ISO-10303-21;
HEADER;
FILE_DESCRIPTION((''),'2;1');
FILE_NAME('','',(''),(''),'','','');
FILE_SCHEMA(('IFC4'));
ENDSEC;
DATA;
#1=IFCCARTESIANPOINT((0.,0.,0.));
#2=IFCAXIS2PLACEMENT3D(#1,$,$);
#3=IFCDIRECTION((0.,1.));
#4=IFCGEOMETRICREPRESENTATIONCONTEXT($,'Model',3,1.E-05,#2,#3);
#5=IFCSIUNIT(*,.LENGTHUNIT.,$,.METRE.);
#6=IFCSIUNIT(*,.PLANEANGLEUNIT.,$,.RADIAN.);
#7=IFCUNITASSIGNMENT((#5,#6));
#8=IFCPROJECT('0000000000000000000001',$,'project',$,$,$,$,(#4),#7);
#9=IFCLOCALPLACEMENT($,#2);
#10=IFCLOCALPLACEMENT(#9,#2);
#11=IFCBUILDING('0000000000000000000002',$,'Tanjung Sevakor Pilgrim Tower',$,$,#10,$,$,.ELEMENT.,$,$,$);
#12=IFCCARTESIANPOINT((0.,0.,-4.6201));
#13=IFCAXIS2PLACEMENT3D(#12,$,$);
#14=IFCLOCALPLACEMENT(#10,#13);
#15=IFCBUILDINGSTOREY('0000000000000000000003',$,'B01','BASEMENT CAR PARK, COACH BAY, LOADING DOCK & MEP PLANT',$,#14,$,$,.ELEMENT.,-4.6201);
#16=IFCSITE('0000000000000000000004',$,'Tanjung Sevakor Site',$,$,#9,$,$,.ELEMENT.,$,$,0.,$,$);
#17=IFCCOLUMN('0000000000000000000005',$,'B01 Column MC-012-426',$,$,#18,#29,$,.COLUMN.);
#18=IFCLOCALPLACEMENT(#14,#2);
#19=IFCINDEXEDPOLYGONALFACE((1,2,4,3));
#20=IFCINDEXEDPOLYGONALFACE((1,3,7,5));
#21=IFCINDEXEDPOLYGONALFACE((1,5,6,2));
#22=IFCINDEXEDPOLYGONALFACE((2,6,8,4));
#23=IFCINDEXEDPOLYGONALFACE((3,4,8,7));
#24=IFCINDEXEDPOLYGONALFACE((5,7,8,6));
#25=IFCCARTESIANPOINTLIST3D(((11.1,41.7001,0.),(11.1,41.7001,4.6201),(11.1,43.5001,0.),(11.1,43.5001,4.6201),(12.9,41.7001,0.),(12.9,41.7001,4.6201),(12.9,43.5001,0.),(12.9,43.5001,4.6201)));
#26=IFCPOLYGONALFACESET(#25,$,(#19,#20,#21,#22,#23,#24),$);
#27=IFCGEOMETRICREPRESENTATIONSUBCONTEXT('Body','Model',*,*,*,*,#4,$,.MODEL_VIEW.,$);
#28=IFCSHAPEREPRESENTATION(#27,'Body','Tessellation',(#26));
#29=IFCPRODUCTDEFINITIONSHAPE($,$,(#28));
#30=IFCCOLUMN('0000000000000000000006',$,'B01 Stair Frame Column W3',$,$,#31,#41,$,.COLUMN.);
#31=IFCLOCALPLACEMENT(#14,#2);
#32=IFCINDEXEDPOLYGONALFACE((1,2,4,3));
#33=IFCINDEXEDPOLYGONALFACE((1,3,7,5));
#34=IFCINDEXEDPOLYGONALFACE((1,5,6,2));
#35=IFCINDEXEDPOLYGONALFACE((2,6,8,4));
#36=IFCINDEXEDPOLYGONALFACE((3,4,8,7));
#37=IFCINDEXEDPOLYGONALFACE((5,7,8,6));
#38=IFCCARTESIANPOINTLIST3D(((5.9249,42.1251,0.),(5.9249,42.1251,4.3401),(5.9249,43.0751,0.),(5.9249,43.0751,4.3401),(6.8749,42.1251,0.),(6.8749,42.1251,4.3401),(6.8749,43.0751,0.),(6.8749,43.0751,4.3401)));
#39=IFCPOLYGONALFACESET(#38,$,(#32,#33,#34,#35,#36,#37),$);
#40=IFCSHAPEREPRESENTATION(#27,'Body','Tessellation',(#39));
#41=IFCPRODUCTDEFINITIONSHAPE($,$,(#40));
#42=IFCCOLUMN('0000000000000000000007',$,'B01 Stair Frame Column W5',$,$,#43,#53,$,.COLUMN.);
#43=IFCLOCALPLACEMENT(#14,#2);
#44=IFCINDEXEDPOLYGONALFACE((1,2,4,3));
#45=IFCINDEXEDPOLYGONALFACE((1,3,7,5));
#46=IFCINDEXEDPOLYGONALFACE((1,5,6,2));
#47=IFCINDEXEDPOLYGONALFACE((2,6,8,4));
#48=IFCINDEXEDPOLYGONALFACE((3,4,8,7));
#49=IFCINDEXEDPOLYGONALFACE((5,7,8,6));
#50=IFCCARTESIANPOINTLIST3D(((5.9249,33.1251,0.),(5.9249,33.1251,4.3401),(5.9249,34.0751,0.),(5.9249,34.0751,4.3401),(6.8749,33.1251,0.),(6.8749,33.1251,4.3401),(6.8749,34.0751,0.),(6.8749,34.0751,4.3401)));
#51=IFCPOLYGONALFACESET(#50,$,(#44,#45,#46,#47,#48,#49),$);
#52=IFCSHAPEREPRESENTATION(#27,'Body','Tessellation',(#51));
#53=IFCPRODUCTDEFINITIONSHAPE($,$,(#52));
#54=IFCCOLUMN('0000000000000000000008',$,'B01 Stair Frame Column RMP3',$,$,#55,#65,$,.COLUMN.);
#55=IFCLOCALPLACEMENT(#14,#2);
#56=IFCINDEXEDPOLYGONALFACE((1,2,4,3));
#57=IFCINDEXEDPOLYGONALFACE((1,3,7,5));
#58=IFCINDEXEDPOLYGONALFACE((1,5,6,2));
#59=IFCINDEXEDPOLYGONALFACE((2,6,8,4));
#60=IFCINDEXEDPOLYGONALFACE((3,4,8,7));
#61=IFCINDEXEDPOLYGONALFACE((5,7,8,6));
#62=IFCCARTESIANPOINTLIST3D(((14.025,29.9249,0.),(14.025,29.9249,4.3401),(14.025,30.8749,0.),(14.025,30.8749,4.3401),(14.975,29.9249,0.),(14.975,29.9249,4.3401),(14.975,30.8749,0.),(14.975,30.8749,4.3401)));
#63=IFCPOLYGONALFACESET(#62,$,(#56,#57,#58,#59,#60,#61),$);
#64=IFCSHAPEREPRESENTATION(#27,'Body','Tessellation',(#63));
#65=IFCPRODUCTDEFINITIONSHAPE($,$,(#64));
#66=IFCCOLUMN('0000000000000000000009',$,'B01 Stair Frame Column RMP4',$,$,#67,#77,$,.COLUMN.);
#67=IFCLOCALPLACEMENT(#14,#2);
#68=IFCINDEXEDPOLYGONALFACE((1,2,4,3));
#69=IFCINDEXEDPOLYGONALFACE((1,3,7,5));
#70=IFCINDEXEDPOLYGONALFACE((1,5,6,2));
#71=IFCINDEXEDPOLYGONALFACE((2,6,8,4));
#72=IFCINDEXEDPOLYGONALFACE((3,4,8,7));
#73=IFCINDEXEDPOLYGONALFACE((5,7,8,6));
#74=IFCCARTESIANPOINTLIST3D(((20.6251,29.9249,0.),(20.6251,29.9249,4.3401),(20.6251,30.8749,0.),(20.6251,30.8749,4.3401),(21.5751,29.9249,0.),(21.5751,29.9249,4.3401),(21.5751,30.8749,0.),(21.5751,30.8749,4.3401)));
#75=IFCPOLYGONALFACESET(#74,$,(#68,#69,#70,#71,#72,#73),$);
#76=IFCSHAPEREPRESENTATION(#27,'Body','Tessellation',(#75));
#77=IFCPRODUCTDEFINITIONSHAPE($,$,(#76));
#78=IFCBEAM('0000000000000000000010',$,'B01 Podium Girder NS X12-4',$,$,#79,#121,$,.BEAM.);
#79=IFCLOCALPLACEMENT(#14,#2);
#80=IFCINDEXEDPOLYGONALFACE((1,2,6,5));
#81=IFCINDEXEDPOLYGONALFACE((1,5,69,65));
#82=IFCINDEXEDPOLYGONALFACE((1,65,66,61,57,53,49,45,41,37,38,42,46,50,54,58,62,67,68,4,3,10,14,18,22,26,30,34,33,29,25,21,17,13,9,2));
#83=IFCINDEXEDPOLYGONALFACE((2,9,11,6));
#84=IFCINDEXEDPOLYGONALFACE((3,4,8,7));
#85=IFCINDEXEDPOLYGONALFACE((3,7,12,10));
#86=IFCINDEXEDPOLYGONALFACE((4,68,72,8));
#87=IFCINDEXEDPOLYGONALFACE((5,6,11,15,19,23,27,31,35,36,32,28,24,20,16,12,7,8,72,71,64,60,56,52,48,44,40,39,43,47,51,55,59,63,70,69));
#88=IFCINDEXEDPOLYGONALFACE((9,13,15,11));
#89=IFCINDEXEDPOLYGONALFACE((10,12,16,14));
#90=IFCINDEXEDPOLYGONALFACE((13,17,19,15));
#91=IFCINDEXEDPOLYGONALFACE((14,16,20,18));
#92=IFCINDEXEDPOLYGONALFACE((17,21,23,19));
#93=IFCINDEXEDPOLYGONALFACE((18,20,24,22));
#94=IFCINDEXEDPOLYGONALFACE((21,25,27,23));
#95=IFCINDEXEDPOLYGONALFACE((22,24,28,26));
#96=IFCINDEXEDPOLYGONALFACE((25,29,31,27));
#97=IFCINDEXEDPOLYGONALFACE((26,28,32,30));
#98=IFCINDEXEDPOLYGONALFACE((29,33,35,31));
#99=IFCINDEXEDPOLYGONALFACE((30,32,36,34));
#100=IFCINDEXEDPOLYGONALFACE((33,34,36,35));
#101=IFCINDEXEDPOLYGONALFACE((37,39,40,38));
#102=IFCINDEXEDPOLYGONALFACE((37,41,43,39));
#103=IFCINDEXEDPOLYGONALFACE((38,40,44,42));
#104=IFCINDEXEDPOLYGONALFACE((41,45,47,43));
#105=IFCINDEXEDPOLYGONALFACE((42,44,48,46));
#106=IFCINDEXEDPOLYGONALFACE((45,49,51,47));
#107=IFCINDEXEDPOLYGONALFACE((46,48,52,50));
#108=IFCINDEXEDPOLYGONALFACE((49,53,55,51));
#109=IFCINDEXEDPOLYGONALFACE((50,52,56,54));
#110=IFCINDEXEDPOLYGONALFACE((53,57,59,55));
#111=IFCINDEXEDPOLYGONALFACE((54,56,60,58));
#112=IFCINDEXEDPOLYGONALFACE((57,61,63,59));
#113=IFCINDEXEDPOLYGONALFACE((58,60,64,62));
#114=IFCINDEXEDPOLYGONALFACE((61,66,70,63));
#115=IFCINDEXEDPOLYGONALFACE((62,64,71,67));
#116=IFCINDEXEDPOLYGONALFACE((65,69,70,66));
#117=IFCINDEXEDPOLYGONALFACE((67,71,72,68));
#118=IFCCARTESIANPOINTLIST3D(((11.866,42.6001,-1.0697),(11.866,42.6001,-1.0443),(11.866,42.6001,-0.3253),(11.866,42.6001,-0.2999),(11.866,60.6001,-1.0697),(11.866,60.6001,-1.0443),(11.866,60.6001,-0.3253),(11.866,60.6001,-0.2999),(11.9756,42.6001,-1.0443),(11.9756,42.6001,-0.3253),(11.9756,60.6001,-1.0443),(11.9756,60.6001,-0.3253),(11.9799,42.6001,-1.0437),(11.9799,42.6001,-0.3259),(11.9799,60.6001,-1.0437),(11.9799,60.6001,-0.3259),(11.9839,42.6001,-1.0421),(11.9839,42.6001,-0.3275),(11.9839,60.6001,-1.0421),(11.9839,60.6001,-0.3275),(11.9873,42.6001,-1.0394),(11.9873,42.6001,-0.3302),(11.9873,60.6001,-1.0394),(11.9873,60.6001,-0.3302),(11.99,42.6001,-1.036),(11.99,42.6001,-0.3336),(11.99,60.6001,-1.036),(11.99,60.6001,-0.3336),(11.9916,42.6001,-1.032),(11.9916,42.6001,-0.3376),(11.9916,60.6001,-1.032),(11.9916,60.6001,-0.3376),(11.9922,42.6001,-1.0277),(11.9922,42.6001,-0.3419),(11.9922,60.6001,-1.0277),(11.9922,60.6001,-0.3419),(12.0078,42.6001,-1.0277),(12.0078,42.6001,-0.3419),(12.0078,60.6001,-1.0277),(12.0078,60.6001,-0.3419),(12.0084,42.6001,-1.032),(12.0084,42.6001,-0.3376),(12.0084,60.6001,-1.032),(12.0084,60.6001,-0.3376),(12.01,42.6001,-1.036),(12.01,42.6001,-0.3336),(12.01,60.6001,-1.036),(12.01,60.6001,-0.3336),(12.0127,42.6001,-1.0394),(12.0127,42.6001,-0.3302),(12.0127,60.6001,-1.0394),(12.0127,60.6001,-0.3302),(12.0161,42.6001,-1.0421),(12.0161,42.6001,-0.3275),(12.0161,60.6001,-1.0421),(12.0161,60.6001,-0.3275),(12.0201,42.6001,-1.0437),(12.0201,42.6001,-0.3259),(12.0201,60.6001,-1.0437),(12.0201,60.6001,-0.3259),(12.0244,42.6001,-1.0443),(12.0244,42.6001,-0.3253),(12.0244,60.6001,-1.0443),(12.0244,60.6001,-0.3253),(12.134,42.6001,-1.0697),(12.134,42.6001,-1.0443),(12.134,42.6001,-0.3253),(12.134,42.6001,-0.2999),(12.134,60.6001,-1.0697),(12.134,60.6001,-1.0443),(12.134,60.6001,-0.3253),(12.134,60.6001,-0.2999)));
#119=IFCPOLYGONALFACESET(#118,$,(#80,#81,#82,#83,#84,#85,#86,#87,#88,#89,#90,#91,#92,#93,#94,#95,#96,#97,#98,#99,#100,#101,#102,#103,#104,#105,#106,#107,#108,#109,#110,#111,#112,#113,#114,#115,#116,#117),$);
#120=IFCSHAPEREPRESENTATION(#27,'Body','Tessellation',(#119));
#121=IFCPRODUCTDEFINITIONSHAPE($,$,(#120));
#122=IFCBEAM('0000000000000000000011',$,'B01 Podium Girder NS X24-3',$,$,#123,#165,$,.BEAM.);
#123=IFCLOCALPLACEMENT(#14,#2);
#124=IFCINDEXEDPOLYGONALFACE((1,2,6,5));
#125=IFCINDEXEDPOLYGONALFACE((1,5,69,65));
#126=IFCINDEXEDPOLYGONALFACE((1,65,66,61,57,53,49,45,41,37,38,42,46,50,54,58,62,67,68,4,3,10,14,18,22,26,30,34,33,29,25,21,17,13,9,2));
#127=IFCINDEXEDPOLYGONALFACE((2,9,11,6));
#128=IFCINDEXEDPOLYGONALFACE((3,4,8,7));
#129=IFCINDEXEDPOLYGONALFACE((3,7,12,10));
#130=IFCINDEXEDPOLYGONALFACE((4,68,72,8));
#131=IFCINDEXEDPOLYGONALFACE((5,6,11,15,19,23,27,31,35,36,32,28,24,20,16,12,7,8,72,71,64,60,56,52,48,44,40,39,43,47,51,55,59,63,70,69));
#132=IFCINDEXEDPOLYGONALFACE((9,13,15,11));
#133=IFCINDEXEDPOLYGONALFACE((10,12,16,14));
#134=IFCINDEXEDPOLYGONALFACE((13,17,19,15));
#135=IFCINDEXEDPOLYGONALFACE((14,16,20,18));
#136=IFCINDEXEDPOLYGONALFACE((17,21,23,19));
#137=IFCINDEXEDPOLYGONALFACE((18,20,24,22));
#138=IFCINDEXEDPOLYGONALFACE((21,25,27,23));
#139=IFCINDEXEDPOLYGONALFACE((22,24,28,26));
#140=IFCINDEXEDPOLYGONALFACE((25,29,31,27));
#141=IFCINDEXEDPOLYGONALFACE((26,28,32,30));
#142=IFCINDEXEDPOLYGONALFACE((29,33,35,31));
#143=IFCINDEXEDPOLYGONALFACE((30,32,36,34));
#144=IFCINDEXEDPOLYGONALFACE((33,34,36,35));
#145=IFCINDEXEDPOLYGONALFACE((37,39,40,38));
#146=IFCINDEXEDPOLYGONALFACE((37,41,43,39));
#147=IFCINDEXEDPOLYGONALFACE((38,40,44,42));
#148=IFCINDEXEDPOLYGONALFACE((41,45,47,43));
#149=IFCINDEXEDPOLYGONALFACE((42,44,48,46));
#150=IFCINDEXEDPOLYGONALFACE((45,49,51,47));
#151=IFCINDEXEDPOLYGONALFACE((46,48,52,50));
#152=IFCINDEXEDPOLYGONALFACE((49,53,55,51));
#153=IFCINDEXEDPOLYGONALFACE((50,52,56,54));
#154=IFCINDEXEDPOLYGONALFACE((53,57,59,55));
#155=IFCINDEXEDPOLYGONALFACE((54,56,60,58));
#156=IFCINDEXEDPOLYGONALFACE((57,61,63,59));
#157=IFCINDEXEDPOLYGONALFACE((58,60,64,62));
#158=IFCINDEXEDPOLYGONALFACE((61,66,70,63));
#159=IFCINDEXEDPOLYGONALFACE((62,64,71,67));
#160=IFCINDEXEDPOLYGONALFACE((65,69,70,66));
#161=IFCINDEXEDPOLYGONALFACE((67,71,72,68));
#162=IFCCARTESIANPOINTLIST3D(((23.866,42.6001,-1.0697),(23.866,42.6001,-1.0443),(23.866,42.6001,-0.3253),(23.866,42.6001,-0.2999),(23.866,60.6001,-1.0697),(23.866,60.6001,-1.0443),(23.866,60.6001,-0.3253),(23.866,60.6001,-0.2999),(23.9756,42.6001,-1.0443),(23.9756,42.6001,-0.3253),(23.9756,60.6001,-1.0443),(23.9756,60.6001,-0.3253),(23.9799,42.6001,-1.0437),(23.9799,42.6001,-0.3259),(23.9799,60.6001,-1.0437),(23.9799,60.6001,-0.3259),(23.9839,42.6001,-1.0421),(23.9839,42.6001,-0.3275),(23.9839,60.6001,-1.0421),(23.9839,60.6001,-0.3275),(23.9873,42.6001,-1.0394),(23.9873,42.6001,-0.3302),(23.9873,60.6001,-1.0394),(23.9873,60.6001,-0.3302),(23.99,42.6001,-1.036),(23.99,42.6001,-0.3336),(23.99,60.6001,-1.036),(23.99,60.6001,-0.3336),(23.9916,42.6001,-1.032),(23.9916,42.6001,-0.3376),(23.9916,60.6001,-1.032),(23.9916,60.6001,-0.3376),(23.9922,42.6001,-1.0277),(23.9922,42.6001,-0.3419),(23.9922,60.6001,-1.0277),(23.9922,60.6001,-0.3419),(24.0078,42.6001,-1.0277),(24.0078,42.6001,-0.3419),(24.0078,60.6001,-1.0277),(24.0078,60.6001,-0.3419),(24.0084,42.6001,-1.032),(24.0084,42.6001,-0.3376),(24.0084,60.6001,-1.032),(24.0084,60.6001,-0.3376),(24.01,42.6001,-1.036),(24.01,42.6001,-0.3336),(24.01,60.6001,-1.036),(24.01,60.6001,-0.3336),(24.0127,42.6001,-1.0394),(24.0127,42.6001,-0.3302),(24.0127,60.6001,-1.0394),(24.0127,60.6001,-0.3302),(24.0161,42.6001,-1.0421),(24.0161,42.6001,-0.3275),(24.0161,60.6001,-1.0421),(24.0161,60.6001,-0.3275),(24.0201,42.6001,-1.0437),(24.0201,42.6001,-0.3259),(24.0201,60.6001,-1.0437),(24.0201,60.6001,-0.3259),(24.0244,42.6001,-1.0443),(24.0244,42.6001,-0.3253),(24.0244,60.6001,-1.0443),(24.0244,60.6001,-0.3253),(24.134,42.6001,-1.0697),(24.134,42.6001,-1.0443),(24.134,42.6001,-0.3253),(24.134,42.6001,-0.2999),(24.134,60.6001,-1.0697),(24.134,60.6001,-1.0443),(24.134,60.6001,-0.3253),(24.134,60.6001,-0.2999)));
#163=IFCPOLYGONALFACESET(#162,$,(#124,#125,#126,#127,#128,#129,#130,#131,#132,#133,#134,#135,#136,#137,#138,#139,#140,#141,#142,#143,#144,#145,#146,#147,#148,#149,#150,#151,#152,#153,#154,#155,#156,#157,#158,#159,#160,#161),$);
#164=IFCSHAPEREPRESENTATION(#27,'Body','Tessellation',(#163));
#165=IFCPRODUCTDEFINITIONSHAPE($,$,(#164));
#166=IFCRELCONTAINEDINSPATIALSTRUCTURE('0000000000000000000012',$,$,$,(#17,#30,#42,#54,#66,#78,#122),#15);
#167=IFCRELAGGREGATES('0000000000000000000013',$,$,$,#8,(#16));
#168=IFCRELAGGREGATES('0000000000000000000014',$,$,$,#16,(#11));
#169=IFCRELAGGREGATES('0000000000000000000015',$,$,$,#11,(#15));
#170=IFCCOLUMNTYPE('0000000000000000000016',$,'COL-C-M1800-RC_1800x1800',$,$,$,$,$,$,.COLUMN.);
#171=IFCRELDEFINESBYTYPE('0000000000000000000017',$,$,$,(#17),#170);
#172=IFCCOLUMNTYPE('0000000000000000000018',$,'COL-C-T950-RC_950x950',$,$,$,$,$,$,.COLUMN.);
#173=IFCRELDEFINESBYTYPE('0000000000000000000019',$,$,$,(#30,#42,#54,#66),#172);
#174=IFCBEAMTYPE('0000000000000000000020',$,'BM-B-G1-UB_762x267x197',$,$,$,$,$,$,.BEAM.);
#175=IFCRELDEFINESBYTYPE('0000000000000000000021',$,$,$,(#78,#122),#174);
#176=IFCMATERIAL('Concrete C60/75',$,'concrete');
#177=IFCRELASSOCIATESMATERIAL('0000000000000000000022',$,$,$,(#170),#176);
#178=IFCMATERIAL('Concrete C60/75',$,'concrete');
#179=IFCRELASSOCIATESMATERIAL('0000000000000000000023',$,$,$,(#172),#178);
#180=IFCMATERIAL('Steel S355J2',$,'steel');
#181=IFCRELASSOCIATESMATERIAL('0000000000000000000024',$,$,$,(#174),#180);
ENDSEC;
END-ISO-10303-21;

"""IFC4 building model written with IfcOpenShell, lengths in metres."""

from ifc_helpers import new_model, si_unit, direction, frame, origin, origin_2d, place, context, subcontext, project, spatial, rectangle, i_section, extrude, material, material_profile, profile_set, type_object, element, save


model = new_model("IFC4")

# Units and contexts
model_context = context("Model", 3, precision=1e-05, world=origin(), true_north=direction((0.0, 1.0)))
body_context = subcontext(model_context, "Body", "Model", "MODEL_VIEW")
ifc_project = project(units=[si_unit("LENGTHUNIT", "METRE"), si_unit("PLANEANGLEUNIT", "RADIAN")], contexts=[model_context])

# Site, building, storey
site_placement = place(None, origin())
site = spatial("IfcSite", under=ifc_project, at=site_placement, Name="Tanjung Sevakor Site", CompositionType="ELEMENT", RefElevation=0.0)
building_placement = place(site_placement, origin())
building = spatial("IfcBuilding", under=site, at=building_placement, Name="Tanjung Sevakor Pilgrim Tower", CompositionType="ELEMENT")
storey_placement = place(building_placement, frame((0.0, 0.0, -4.6201)))
storey = spatial("IfcBuildingStorey", under=building, at=storey_placement, Name="B01", Description="BASEMENT CAR PARK, COACH BAY, LOADING DOCK & MEP PLANT", CompositionType="ELEMENT", Elevation=-4.6201)

# Columns
ifc_material_1 = material(Name="Concrete C60/75", Category="concrete")
ifc_material_profile_1 = material_profile(ifc_material_1, rectangle(XDim=1.8, YDim=1.8, at=origin_2d()))
ifc_profile_set_1 = profile_set([ifc_material_profile_1], Name="Concrete C60/75")
column_type_1 = type_object("IfcColumnType", Name="COL-C-M1800-RC_1800x1800", PredefinedType="COLUMN", material=ifc_profile_set_1)
column_placement = place(storey_placement, frame((12.0, 42.6001, 0.0), z_axis=(0.0, 0.0, 1.0), x_axis=(1.0, 0.0, 0.0)))
element("IfcColumn", 1, at=column_placement, inside=storey, type_object=column_type_1, Name="B01 Column MC-012-426", PredefinedType="COLUMN", context=body_context, shape_type="SweptSolid", body=[
    extrude(rectangle(XDim=1.8, YDim=1.8, at=origin_2d()), origin(), (0.0, 0.0, 1.0), 4.6201),
])
ifc_material_2 = material(Name="Concrete C60/75", Category="concrete")
ifc_material_profile_2 = material_profile(ifc_material_2, rectangle(XDim=0.95, YDim=0.95, at=origin_2d()))
ifc_profile_set_2 = profile_set([ifc_material_profile_2], Name="Concrete C60/75")
column_type_2 = type_object("IfcColumnType", Name="COL-C-T950-RC_950x950", PredefinedType="COLUMN", material=ifc_profile_set_2)
for number, where, z_axis, x_axis, name in (
    (2, (6.3999, 42.6001, 0.0), (0.0, 0.0, 1.0), (1.0, 0.0, 0.0), "B01 Stair Frame Column W3"),
    (3, (6.3999, 33.6001, 0.0), (0.0, 0.0, 1.0), (1.0, 0.0, 0.0), "B01 Stair Frame Column W5"),
    (4, (14.5, 30.3999, 0.0), (0.0, 0.0, 1.0), (1.0, 0.0, 0.0), "B01 Stair Frame Column RMP3"),
    (5, (21.1001, 30.3999, 0.0), (0.0, 0.0, 1.0), (1.0, 0.0, 0.0), "B01 Stair Frame Column RMP4"),
):
    element("IfcColumn", number, at=place(storey_placement, frame(where, z_axis=z_axis, x_axis=x_axis)), inside=storey, type_object=column_type_2, Name=name, PredefinedType="COLUMN", context=body_context, shape_type="SweptSolid", body=[
        extrude(rectangle(XDim=0.95, YDim=0.95, at=origin_2d()), origin(), (0.0, 0.0, 1.0), 4.3401),
    ])

# Beams
ifc_material_3 = material(Name="Steel S355J2", Category="steel")
ifc_material_profile_3 = material_profile(ifc_material_3, i_section(OverallWidth=0.2681, OverallDepth=0.7698, WebThickness=0.0156, FlangeThickness=0.0254, FilletRadius=0.0166, at=origin_2d()))
ifc_profile_set_3 = profile_set([ifc_material_profile_3], Name="Steel S355J2")
beam_type_1 = type_object("IfcBeamType", Name="BM-B-G1-UB_762x267x197", PredefinedType="BEAM", material=ifc_profile_set_3)
for number, where, z_axis, x_axis, name in (
    (6, (12.0, 42.6001, -0.6848), (0.0, 1.0, 0.0), (-1.0, 0.0, 0.0), "B01 Podium Girder NS X12-4"),
    (7, (24.0, 42.6001, -0.6848), (0.0, 1.0, 0.0), (-1.0, 0.0, 0.0), "B01 Podium Girder NS X24-3"),
):
    element("IfcBeam", number, at=place(storey_placement, frame(where, z_axis=z_axis, x_axis=x_axis)), inside=storey, type_object=beam_type_1, Name=name, PredefinedType="BEAM", context=body_context, shape_type="SweptSolid", body=[
        extrude(i_section(OverallWidth=0.2681, OverallDepth=0.7698, WebThickness=0.0156, FlangeThickness=0.0254, FilletRadius=0.0166, at=origin_2d()), origin(), (0.0, 0.0, 1.0), 18.0),
    ])

save(model, "model.ifc")
